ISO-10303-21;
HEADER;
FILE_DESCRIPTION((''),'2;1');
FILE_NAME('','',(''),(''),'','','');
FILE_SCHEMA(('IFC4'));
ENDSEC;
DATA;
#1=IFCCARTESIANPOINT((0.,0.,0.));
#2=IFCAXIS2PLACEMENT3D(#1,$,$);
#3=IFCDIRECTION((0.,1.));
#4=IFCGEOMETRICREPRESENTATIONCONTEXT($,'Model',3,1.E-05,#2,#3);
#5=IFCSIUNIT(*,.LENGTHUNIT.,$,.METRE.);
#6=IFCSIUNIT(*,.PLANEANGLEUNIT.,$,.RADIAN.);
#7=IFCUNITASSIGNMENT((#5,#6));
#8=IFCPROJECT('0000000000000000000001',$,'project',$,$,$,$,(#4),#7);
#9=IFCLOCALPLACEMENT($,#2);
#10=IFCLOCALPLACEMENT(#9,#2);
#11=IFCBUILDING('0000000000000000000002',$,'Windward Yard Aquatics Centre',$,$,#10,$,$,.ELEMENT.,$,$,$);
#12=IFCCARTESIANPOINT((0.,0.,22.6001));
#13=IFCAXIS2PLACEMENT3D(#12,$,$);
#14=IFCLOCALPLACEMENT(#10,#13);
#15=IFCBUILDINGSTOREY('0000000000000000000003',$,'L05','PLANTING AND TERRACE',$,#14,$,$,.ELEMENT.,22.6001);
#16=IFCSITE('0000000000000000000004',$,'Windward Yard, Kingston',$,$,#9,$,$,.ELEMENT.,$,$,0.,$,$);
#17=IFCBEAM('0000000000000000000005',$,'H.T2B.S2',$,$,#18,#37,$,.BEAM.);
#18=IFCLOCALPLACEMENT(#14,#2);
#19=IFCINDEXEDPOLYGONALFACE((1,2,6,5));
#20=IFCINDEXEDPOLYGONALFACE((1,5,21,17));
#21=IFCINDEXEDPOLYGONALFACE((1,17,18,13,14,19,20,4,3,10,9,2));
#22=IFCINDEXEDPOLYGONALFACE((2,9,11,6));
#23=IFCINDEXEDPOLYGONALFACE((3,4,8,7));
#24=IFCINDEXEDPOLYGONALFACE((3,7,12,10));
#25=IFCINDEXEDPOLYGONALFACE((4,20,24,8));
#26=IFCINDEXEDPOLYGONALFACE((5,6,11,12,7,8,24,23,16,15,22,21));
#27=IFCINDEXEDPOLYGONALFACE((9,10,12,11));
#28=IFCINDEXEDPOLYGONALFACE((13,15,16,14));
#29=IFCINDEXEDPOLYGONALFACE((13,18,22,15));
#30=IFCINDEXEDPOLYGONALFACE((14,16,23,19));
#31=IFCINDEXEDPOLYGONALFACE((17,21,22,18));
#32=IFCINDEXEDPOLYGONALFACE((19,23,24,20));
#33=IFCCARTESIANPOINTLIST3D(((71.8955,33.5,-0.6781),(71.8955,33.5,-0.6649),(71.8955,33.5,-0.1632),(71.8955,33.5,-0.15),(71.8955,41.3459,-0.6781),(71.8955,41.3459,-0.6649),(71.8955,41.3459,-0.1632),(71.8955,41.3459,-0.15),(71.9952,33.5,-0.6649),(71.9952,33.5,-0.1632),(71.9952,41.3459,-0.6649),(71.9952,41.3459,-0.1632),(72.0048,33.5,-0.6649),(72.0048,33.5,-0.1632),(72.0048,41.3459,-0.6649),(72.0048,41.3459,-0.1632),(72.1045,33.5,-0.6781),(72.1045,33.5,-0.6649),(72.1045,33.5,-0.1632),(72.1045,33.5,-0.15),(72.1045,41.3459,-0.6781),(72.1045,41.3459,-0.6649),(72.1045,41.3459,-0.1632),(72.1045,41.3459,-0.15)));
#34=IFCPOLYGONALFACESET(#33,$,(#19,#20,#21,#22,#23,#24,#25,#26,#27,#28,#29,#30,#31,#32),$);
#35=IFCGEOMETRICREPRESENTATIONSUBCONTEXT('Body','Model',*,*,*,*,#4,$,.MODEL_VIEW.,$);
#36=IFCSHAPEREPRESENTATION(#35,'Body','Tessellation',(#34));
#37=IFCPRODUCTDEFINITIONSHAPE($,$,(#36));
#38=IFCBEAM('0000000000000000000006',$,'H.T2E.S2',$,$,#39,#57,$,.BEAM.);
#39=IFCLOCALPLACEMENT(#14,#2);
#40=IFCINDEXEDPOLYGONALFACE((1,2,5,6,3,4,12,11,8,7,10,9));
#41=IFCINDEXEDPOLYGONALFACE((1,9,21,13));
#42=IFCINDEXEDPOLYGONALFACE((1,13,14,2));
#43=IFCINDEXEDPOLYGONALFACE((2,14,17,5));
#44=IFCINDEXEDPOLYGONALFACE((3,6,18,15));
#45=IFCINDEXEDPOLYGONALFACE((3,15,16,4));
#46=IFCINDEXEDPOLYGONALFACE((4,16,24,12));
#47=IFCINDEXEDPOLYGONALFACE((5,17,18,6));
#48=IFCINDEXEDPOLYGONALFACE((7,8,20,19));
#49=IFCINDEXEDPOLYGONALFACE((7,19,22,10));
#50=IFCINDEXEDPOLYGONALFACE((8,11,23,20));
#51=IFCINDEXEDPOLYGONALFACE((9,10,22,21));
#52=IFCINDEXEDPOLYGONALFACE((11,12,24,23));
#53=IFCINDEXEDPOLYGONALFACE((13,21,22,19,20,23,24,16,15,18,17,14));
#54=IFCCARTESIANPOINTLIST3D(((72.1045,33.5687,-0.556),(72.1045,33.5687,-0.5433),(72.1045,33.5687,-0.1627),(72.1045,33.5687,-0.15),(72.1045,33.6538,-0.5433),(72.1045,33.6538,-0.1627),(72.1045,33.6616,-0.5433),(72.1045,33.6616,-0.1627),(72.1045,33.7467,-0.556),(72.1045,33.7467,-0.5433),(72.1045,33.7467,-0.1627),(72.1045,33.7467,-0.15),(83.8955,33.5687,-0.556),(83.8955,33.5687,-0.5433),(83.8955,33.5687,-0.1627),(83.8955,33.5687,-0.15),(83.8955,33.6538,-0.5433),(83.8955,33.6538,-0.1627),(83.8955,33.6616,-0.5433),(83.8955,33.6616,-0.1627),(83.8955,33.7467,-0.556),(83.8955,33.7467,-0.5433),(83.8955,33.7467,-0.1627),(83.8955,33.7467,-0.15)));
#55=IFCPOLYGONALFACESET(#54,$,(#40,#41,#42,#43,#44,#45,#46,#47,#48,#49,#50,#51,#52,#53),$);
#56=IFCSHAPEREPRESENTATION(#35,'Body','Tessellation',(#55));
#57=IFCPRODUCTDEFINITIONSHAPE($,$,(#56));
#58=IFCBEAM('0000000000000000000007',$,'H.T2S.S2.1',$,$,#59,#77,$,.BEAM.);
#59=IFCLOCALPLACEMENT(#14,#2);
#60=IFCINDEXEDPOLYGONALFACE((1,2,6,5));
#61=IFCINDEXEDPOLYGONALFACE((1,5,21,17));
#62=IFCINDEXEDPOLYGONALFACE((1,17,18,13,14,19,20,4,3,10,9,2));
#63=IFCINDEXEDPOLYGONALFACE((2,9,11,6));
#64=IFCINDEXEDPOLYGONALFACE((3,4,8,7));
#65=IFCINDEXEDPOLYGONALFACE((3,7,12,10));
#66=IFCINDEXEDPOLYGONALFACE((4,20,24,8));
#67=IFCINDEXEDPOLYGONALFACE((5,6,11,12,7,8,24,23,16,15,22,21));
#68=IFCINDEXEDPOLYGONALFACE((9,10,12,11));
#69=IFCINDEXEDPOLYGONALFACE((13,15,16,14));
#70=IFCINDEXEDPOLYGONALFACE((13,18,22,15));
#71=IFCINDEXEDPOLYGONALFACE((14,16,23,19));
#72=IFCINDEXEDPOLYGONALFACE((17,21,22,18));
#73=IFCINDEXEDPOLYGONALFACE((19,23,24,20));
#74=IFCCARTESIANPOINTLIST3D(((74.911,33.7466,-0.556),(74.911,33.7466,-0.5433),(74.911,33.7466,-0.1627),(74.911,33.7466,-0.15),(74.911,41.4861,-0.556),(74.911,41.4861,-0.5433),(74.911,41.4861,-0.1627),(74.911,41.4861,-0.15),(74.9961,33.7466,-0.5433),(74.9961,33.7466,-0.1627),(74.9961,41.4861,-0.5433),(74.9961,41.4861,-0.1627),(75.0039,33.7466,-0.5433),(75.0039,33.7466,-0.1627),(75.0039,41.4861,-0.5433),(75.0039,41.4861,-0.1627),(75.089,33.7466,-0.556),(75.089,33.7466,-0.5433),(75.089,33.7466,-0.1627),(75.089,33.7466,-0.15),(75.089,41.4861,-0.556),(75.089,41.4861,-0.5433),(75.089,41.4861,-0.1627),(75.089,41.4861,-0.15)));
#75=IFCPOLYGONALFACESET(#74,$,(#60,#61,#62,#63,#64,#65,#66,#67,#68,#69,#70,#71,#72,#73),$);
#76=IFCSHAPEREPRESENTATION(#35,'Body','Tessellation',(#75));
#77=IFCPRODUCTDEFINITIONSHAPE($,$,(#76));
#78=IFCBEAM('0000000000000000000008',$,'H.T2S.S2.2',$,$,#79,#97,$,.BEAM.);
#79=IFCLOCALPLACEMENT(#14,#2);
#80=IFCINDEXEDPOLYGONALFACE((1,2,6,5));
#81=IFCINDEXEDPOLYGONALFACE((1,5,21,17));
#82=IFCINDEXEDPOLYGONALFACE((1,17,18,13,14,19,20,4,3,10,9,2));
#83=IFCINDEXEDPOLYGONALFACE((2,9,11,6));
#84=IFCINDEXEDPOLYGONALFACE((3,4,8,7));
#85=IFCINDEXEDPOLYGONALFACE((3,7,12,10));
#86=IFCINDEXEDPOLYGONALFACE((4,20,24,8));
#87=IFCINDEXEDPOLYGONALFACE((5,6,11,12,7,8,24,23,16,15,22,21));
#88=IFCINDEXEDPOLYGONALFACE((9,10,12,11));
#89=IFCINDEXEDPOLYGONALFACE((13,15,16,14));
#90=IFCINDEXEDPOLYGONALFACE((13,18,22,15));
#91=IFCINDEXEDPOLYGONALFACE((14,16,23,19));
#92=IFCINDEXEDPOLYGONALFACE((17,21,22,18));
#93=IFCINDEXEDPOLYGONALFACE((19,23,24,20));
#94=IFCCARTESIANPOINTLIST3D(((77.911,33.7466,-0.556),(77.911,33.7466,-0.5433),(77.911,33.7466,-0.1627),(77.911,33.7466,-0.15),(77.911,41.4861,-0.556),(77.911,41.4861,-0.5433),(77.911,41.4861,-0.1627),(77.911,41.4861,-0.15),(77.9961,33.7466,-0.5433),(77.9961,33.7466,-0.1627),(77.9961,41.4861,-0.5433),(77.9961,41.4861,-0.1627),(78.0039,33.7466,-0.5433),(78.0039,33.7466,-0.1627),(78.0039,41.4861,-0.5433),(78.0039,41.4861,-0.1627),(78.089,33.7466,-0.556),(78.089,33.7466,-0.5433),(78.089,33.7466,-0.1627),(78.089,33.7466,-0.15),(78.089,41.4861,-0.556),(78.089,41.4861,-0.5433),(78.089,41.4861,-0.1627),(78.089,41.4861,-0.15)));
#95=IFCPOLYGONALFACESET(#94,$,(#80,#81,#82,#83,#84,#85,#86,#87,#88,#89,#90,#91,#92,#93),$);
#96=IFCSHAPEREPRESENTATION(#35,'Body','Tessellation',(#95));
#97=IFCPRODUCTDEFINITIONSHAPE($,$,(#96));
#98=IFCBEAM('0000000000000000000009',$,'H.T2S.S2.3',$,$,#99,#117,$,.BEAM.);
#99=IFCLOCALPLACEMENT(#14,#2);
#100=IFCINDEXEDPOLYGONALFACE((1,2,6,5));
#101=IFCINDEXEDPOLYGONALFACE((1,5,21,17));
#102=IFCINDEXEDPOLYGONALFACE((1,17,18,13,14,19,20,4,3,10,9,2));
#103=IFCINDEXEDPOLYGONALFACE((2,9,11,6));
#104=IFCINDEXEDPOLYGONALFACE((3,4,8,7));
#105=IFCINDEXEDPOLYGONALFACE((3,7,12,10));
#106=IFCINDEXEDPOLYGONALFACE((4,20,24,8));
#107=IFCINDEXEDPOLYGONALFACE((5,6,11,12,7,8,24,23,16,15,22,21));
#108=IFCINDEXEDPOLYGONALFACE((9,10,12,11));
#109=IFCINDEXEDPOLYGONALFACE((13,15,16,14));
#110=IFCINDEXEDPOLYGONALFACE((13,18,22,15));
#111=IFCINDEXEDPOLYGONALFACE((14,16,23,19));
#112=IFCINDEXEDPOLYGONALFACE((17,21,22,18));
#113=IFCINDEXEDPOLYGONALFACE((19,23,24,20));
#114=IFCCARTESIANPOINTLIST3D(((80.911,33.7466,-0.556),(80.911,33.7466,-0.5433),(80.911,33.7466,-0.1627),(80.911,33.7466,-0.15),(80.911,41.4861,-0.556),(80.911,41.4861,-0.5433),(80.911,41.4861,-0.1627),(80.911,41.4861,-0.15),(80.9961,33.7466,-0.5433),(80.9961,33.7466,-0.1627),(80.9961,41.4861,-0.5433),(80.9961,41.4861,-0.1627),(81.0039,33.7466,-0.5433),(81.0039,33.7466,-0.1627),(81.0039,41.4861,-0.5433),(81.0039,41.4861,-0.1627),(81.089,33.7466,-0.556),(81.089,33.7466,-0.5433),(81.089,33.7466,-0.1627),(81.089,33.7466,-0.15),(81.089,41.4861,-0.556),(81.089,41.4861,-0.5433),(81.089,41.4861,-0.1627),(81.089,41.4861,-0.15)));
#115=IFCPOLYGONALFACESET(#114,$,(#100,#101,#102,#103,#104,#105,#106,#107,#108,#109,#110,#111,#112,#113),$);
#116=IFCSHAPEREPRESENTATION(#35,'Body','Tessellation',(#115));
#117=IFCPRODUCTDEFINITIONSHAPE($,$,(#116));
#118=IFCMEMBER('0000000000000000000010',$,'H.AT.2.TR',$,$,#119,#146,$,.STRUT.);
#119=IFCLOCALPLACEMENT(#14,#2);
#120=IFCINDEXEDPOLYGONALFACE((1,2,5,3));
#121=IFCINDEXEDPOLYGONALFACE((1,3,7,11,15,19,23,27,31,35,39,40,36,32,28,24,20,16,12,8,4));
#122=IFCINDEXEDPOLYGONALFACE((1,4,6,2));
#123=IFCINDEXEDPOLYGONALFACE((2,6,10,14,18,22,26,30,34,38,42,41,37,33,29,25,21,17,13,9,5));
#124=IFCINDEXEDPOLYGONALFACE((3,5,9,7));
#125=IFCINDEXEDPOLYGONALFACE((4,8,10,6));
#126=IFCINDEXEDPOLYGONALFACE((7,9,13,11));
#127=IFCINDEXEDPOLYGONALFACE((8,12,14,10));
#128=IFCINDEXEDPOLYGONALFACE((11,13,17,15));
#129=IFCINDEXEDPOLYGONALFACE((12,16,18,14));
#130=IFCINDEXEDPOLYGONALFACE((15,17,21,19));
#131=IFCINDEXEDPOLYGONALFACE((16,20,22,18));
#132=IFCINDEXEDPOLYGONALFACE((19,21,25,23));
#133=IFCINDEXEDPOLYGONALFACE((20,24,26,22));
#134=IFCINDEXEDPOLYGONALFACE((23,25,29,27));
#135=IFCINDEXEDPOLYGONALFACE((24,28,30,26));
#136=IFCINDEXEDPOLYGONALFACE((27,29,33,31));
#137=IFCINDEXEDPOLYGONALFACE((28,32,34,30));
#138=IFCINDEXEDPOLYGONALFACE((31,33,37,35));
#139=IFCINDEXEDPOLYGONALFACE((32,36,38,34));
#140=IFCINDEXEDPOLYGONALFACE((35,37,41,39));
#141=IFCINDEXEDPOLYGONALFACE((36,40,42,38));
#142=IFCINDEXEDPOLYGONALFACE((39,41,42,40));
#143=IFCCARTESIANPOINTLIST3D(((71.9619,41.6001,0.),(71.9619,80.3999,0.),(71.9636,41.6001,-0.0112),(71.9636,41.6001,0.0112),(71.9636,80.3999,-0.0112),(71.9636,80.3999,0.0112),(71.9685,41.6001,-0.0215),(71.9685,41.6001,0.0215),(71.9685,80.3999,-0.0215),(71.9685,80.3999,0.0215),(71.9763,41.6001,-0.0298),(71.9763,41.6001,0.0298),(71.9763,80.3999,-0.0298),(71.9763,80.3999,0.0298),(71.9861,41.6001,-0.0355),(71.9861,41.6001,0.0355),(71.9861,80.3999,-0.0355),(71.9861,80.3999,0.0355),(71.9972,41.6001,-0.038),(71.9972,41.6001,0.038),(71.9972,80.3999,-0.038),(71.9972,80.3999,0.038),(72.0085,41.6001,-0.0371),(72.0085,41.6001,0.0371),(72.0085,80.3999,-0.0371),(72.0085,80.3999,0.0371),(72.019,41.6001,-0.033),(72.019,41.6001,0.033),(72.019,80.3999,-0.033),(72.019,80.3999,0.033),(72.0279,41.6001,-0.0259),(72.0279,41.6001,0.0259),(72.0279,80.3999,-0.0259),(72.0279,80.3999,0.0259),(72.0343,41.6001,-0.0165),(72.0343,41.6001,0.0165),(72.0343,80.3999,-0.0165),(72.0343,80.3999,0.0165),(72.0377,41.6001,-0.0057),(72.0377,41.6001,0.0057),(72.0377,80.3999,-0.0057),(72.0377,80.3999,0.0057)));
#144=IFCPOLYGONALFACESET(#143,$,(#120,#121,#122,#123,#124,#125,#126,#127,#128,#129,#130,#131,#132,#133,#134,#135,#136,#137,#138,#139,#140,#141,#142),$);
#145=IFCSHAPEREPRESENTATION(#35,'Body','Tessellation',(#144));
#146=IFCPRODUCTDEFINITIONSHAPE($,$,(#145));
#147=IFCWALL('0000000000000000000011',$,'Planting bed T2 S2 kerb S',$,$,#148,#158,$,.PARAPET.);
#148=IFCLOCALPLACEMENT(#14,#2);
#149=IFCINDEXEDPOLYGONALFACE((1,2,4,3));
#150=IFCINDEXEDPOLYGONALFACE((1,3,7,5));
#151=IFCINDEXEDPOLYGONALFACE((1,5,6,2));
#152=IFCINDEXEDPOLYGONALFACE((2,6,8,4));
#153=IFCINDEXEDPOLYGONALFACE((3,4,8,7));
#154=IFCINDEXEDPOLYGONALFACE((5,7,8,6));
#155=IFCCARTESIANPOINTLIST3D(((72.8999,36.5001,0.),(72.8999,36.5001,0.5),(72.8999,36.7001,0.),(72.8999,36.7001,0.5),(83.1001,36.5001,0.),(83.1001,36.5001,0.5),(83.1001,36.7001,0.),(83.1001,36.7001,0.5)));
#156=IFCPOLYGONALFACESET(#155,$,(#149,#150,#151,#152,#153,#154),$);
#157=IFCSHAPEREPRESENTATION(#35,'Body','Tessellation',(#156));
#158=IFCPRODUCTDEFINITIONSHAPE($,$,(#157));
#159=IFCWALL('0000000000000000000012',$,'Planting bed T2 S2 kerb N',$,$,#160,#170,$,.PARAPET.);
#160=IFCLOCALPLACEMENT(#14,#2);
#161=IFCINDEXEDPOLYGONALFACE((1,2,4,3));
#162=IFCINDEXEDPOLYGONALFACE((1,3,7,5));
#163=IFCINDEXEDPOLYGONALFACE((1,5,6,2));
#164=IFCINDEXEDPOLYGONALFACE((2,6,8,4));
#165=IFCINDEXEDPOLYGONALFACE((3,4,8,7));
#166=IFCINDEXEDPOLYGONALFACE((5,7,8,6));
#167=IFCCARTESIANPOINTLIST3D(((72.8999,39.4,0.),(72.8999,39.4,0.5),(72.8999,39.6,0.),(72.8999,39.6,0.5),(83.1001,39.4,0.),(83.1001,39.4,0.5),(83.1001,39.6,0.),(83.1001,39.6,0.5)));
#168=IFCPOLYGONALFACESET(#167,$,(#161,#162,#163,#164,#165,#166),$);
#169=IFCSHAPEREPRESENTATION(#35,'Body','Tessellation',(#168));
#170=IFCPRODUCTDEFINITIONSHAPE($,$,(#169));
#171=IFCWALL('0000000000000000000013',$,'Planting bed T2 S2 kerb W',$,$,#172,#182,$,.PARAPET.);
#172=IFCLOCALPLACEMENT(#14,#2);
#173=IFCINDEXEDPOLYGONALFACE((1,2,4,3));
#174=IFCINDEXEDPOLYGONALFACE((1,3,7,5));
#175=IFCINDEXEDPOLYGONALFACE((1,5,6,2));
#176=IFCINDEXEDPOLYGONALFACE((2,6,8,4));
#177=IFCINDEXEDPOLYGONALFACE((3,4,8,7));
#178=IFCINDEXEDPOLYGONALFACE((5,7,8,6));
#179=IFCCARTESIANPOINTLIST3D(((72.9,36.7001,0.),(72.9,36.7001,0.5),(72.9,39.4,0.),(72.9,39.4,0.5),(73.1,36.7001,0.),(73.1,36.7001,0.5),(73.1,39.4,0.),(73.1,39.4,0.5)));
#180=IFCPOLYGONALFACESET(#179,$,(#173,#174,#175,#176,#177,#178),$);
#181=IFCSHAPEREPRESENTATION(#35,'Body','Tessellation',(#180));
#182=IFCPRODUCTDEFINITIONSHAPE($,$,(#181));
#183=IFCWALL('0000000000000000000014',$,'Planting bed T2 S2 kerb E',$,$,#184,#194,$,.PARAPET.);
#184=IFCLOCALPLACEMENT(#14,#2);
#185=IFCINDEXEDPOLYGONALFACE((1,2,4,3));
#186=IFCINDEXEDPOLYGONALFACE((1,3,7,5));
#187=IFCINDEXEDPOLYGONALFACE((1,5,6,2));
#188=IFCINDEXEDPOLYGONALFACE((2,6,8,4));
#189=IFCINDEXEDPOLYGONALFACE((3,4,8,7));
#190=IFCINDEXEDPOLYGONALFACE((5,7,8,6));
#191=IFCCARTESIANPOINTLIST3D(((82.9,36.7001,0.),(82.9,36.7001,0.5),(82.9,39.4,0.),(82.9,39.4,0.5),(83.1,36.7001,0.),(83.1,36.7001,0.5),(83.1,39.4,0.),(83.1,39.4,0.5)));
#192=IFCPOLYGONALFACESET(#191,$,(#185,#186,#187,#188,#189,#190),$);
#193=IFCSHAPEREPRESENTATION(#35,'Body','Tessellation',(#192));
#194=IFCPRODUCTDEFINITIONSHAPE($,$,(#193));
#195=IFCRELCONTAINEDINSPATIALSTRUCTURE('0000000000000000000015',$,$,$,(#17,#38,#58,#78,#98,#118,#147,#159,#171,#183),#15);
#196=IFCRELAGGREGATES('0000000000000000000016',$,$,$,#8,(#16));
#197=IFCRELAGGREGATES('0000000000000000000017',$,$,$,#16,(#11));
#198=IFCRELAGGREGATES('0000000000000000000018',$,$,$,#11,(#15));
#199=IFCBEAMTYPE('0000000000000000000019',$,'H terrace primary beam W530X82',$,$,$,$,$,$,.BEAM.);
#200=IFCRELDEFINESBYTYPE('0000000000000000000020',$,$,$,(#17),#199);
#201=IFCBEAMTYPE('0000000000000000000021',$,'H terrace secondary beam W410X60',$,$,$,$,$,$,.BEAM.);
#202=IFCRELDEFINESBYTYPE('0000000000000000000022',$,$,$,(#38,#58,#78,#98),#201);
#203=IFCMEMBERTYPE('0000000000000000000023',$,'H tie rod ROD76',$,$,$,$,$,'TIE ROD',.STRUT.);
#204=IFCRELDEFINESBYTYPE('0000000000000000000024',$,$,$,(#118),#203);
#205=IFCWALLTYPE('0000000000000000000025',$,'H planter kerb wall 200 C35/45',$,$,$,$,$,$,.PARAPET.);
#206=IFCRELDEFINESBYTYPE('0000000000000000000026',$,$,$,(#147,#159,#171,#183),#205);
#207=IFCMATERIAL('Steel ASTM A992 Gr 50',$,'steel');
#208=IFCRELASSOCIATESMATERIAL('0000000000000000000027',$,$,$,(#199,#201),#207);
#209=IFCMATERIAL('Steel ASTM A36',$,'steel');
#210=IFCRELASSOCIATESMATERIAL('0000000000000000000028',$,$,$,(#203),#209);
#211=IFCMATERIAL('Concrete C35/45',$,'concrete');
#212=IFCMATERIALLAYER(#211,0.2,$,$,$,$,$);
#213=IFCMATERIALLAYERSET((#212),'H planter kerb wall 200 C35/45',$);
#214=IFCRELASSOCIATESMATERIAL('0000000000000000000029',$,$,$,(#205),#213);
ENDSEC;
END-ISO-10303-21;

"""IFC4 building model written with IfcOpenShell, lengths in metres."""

from ifc_helpers import new_model, si_unit, direction, frame, frame_2d, origin, origin_2d, place, context, subcontext, project, spatial, rectangle, circle, i_section, extrude, material, layer, layer_set, material_profile, profile_set, type_object, element, save


model = new_model("IFC4")

# Units and contexts
model_context = context("Model", 3, precision=1e-05, world=origin(), true_north=direction((0.0, 1.0)))
body_context = subcontext(model_context, "Body", "Model", "MODEL_VIEW")
ifc_project = project(units=[si_unit("LENGTHUNIT", "METRE"), si_unit("PLANEANGLEUNIT", "RADIAN")], contexts=[model_context])

# Site, building, storey
site_placement = place(None, origin())
site = spatial("IfcSite", under=ifc_project, at=site_placement, Name="Windward Yard, Kingston", CompositionType="ELEMENT", RefElevation=0.0)
building_placement = place(site_placement, origin())
building = spatial("IfcBuilding", under=site, at=building_placement, Name="Windward Yard Aquatics Centre", CompositionType="ELEMENT")
storey_placement = place(building_placement, frame((0.0, 0.0, 22.6001)))
storey = spatial("IfcBuildingStorey", under=building, at=storey_placement, Name="L05", Description="PLANTING AND TERRACE", CompositionType="ELEMENT", Elevation=22.6001)

# Shared definitions
ifc_material_1 = material(Name="Steel ASTM A992 Gr 50", Category="steel")

# Beams
ifc_material_profile_1 = material_profile(ifc_material_1, i_section(OverallWidth=0.209, OverallDepth=0.5281, WebThickness=0.0095, FlangeThickness=0.0132, at=origin_2d()), Name="W530X82")
ifc_profile_set_1 = profile_set([ifc_material_profile_1], Name="Steel ASTM A992 Gr 50")
beam_type_1 = type_object("IfcBeamType", Name="H terrace primary beam W530X82", PredefinedType="BEAM", material=ifc_profile_set_1)
beam_1_placement = place(storey_placement, frame((72.0, 33.5, -0.4141), z_axis=(0.0, 1.0, 0.0), x_axis=(-1.0, 0.0, 0.0)))
element("IfcBeam", 1, at=beam_1_placement, inside=storey, type_object=beam_type_1, Name="H.T2B.S2", PredefinedType="BEAM", context=body_context, shape_type="SweptSolid", body=[
    extrude(i_section(OverallWidth=0.209, OverallDepth=0.5281, WebThickness=0.0095, FlangeThickness=0.0132, at=origin_2d()), origin(), (0.0, 0.0, 1.0), 7.8459),
])
ifc_material_profile_2 = material_profile(ifc_material_1, i_section(OverallWidth=0.178, OverallDepth=0.406, WebThickness=0.0078, FlangeThickness=0.0127, at=origin_2d()), Name="W410X60")
ifc_profile_set_2 = profile_set([ifc_material_profile_2], Name="Steel ASTM A992 Gr 50")
beam_type_2 = type_object("IfcBeamType", Name="H terrace secondary beam W410X60", PredefinedType="BEAM", material=ifc_profile_set_2)
beam_2_placement = place(storey_placement, frame((72.1045, 33.6577, -0.353), z_axis=(1.0, 0.0, 0.0), x_axis=(0.0, 1.0, 0.0)))
element("IfcBeam", 2, at=beam_2_placement, inside=storey, type_object=beam_type_2, Name="H.T2E.S2", PredefinedType="BEAM", context=body_context, shape_type="SweptSolid", body=[
    extrude(i_section(OverallWidth=0.178, OverallDepth=0.406, WebThickness=0.0078, FlangeThickness=0.0127, at=origin_2d()), origin(), (0.0, 0.0, 1.0), 11.791),
])
for number, where, z_axis, x_axis, name in (
    (3, (75.0, 33.7466, -0.353), (0.0, 1.0, 0.0), (-1.0, 0.0, 0.0), "H.T2S.S2.1"),
    (4, (78.0, 33.7466, -0.353), (0.0, 1.0, 0.0), (-1.0, 0.0, 0.0), "H.T2S.S2.2"),
    (5, (81.0, 33.7466, -0.353), (0.0, 1.0, 0.0), (-1.0, 0.0, 0.0), "H.T2S.S2.3"),
):
    element("IfcBeam", number, at=place(storey_placement, frame(where, z_axis=z_axis, x_axis=x_axis)), inside=storey, type_object=beam_type_2, Name=name, PredefinedType="BEAM", context=body_context, shape_type="SweptSolid", body=[
        extrude(i_section(OverallWidth=0.178, OverallDepth=0.406, WebThickness=0.0078, FlangeThickness=0.0127, at=origin_2d()), origin(), (0.0, 0.0, 1.0), 7.7395),
    ])

# Member
ifc_material_2 = material(Name="Steel ASTM A36", Category="steel")
ifc_material_profile_3 = material_profile(ifc_material_2, circle(Radius=0.0381, at=origin_2d()), Name="ROD76")
ifc_profile_set_3 = profile_set([ifc_material_profile_3], Name="Steel ASTM A36")
member_type_1 = type_object("IfcMemberType", Name="H tie rod ROD76", ElementType="TIE ROD", PredefinedType="STRUT", material=ifc_profile_set_3)
member_1_placement = place(storey_placement, frame((72.0, 41.6001, 0.0), z_axis=(0.0, 1.0, 0.0), x_axis=(-1.0, 0.0, 0.0)))
element("IfcMember", 6, at=member_1_placement, inside=storey, type_object=member_type_1, Name="H.AT.2.TR", PredefinedType="STRUT", context=body_context, shape_type="SweptSolid", body=[
    extrude(circle(Radius=0.0381, at=origin_2d()), origin(), (0.0, 0.0, 1.0), 38.7998),
])

# Walls
ifc_material_3 = material(Name="Concrete C35/45", Category="concrete")
ifc_layer_1 = layer(ifc_material_3, 0.2)
ifc_layer_set_1 = layer_set([ifc_layer_1], Name="H planter kerb wall 200 C35/45")
wall_type = type_object("IfcWallType", Name="H planter kerb wall 200 C35/45", PredefinedType="PARAPET", material=ifc_layer_set_1)
for number, where, z_axis, x_axis, name in (
    (7, (72.8999, 36.6001, 0.0), (0.0, 0.0, 1.0), (1.0, 0.0, 0.0), "Planting bed T2 S2 kerb S"),
    (8, (72.8999, 39.5, 0.0), (0.0, 0.0, 1.0), (1.0, 0.0, 0.0), "Planting bed T2 S2 kerb N"),
):
    element("IfcWall", number, at=place(storey_placement, frame(where, z_axis=z_axis, x_axis=x_axis)), inside=storey, type_object=wall_type, Name=name, PredefinedType="PARAPET", context=body_context, shape_type="SweptSolid", body=[
        extrude(rectangle(XDim=10.2002, YDim=0.2, at=frame_2d((5.1001, 0.0))), origin(), (0.0, 0.0, 1.0), 0.5),
    ])
for number, where, z_axis, x_axis, name in (
    (9, (73.0, 36.7, 0.0), (0.0, 0.0, 1.0), (0.0, 1.0, 0.0), "Planting bed T2 S2 kerb W"),
    (10, (83.0, 36.7, 0.0), (0.0, 0.0, 1.0), (0.0, 1.0, 0.0), "Planting bed T2 S2 kerb E"),
):
    element("IfcWall", number, at=place(storey_placement, frame(where, z_axis=z_axis, x_axis=x_axis)), inside=storey, type_object=wall_type, Name=name, PredefinedType="PARAPET", context=body_context, shape_type="SweptSolid", body=[
        extrude(rectangle(XDim=2.7, YDim=0.2, at=frame_2d((1.3501, 0.0))), origin(), (0.0, 0.0, 1.0), 0.5),
    ])

save(model, "model.ifc")
